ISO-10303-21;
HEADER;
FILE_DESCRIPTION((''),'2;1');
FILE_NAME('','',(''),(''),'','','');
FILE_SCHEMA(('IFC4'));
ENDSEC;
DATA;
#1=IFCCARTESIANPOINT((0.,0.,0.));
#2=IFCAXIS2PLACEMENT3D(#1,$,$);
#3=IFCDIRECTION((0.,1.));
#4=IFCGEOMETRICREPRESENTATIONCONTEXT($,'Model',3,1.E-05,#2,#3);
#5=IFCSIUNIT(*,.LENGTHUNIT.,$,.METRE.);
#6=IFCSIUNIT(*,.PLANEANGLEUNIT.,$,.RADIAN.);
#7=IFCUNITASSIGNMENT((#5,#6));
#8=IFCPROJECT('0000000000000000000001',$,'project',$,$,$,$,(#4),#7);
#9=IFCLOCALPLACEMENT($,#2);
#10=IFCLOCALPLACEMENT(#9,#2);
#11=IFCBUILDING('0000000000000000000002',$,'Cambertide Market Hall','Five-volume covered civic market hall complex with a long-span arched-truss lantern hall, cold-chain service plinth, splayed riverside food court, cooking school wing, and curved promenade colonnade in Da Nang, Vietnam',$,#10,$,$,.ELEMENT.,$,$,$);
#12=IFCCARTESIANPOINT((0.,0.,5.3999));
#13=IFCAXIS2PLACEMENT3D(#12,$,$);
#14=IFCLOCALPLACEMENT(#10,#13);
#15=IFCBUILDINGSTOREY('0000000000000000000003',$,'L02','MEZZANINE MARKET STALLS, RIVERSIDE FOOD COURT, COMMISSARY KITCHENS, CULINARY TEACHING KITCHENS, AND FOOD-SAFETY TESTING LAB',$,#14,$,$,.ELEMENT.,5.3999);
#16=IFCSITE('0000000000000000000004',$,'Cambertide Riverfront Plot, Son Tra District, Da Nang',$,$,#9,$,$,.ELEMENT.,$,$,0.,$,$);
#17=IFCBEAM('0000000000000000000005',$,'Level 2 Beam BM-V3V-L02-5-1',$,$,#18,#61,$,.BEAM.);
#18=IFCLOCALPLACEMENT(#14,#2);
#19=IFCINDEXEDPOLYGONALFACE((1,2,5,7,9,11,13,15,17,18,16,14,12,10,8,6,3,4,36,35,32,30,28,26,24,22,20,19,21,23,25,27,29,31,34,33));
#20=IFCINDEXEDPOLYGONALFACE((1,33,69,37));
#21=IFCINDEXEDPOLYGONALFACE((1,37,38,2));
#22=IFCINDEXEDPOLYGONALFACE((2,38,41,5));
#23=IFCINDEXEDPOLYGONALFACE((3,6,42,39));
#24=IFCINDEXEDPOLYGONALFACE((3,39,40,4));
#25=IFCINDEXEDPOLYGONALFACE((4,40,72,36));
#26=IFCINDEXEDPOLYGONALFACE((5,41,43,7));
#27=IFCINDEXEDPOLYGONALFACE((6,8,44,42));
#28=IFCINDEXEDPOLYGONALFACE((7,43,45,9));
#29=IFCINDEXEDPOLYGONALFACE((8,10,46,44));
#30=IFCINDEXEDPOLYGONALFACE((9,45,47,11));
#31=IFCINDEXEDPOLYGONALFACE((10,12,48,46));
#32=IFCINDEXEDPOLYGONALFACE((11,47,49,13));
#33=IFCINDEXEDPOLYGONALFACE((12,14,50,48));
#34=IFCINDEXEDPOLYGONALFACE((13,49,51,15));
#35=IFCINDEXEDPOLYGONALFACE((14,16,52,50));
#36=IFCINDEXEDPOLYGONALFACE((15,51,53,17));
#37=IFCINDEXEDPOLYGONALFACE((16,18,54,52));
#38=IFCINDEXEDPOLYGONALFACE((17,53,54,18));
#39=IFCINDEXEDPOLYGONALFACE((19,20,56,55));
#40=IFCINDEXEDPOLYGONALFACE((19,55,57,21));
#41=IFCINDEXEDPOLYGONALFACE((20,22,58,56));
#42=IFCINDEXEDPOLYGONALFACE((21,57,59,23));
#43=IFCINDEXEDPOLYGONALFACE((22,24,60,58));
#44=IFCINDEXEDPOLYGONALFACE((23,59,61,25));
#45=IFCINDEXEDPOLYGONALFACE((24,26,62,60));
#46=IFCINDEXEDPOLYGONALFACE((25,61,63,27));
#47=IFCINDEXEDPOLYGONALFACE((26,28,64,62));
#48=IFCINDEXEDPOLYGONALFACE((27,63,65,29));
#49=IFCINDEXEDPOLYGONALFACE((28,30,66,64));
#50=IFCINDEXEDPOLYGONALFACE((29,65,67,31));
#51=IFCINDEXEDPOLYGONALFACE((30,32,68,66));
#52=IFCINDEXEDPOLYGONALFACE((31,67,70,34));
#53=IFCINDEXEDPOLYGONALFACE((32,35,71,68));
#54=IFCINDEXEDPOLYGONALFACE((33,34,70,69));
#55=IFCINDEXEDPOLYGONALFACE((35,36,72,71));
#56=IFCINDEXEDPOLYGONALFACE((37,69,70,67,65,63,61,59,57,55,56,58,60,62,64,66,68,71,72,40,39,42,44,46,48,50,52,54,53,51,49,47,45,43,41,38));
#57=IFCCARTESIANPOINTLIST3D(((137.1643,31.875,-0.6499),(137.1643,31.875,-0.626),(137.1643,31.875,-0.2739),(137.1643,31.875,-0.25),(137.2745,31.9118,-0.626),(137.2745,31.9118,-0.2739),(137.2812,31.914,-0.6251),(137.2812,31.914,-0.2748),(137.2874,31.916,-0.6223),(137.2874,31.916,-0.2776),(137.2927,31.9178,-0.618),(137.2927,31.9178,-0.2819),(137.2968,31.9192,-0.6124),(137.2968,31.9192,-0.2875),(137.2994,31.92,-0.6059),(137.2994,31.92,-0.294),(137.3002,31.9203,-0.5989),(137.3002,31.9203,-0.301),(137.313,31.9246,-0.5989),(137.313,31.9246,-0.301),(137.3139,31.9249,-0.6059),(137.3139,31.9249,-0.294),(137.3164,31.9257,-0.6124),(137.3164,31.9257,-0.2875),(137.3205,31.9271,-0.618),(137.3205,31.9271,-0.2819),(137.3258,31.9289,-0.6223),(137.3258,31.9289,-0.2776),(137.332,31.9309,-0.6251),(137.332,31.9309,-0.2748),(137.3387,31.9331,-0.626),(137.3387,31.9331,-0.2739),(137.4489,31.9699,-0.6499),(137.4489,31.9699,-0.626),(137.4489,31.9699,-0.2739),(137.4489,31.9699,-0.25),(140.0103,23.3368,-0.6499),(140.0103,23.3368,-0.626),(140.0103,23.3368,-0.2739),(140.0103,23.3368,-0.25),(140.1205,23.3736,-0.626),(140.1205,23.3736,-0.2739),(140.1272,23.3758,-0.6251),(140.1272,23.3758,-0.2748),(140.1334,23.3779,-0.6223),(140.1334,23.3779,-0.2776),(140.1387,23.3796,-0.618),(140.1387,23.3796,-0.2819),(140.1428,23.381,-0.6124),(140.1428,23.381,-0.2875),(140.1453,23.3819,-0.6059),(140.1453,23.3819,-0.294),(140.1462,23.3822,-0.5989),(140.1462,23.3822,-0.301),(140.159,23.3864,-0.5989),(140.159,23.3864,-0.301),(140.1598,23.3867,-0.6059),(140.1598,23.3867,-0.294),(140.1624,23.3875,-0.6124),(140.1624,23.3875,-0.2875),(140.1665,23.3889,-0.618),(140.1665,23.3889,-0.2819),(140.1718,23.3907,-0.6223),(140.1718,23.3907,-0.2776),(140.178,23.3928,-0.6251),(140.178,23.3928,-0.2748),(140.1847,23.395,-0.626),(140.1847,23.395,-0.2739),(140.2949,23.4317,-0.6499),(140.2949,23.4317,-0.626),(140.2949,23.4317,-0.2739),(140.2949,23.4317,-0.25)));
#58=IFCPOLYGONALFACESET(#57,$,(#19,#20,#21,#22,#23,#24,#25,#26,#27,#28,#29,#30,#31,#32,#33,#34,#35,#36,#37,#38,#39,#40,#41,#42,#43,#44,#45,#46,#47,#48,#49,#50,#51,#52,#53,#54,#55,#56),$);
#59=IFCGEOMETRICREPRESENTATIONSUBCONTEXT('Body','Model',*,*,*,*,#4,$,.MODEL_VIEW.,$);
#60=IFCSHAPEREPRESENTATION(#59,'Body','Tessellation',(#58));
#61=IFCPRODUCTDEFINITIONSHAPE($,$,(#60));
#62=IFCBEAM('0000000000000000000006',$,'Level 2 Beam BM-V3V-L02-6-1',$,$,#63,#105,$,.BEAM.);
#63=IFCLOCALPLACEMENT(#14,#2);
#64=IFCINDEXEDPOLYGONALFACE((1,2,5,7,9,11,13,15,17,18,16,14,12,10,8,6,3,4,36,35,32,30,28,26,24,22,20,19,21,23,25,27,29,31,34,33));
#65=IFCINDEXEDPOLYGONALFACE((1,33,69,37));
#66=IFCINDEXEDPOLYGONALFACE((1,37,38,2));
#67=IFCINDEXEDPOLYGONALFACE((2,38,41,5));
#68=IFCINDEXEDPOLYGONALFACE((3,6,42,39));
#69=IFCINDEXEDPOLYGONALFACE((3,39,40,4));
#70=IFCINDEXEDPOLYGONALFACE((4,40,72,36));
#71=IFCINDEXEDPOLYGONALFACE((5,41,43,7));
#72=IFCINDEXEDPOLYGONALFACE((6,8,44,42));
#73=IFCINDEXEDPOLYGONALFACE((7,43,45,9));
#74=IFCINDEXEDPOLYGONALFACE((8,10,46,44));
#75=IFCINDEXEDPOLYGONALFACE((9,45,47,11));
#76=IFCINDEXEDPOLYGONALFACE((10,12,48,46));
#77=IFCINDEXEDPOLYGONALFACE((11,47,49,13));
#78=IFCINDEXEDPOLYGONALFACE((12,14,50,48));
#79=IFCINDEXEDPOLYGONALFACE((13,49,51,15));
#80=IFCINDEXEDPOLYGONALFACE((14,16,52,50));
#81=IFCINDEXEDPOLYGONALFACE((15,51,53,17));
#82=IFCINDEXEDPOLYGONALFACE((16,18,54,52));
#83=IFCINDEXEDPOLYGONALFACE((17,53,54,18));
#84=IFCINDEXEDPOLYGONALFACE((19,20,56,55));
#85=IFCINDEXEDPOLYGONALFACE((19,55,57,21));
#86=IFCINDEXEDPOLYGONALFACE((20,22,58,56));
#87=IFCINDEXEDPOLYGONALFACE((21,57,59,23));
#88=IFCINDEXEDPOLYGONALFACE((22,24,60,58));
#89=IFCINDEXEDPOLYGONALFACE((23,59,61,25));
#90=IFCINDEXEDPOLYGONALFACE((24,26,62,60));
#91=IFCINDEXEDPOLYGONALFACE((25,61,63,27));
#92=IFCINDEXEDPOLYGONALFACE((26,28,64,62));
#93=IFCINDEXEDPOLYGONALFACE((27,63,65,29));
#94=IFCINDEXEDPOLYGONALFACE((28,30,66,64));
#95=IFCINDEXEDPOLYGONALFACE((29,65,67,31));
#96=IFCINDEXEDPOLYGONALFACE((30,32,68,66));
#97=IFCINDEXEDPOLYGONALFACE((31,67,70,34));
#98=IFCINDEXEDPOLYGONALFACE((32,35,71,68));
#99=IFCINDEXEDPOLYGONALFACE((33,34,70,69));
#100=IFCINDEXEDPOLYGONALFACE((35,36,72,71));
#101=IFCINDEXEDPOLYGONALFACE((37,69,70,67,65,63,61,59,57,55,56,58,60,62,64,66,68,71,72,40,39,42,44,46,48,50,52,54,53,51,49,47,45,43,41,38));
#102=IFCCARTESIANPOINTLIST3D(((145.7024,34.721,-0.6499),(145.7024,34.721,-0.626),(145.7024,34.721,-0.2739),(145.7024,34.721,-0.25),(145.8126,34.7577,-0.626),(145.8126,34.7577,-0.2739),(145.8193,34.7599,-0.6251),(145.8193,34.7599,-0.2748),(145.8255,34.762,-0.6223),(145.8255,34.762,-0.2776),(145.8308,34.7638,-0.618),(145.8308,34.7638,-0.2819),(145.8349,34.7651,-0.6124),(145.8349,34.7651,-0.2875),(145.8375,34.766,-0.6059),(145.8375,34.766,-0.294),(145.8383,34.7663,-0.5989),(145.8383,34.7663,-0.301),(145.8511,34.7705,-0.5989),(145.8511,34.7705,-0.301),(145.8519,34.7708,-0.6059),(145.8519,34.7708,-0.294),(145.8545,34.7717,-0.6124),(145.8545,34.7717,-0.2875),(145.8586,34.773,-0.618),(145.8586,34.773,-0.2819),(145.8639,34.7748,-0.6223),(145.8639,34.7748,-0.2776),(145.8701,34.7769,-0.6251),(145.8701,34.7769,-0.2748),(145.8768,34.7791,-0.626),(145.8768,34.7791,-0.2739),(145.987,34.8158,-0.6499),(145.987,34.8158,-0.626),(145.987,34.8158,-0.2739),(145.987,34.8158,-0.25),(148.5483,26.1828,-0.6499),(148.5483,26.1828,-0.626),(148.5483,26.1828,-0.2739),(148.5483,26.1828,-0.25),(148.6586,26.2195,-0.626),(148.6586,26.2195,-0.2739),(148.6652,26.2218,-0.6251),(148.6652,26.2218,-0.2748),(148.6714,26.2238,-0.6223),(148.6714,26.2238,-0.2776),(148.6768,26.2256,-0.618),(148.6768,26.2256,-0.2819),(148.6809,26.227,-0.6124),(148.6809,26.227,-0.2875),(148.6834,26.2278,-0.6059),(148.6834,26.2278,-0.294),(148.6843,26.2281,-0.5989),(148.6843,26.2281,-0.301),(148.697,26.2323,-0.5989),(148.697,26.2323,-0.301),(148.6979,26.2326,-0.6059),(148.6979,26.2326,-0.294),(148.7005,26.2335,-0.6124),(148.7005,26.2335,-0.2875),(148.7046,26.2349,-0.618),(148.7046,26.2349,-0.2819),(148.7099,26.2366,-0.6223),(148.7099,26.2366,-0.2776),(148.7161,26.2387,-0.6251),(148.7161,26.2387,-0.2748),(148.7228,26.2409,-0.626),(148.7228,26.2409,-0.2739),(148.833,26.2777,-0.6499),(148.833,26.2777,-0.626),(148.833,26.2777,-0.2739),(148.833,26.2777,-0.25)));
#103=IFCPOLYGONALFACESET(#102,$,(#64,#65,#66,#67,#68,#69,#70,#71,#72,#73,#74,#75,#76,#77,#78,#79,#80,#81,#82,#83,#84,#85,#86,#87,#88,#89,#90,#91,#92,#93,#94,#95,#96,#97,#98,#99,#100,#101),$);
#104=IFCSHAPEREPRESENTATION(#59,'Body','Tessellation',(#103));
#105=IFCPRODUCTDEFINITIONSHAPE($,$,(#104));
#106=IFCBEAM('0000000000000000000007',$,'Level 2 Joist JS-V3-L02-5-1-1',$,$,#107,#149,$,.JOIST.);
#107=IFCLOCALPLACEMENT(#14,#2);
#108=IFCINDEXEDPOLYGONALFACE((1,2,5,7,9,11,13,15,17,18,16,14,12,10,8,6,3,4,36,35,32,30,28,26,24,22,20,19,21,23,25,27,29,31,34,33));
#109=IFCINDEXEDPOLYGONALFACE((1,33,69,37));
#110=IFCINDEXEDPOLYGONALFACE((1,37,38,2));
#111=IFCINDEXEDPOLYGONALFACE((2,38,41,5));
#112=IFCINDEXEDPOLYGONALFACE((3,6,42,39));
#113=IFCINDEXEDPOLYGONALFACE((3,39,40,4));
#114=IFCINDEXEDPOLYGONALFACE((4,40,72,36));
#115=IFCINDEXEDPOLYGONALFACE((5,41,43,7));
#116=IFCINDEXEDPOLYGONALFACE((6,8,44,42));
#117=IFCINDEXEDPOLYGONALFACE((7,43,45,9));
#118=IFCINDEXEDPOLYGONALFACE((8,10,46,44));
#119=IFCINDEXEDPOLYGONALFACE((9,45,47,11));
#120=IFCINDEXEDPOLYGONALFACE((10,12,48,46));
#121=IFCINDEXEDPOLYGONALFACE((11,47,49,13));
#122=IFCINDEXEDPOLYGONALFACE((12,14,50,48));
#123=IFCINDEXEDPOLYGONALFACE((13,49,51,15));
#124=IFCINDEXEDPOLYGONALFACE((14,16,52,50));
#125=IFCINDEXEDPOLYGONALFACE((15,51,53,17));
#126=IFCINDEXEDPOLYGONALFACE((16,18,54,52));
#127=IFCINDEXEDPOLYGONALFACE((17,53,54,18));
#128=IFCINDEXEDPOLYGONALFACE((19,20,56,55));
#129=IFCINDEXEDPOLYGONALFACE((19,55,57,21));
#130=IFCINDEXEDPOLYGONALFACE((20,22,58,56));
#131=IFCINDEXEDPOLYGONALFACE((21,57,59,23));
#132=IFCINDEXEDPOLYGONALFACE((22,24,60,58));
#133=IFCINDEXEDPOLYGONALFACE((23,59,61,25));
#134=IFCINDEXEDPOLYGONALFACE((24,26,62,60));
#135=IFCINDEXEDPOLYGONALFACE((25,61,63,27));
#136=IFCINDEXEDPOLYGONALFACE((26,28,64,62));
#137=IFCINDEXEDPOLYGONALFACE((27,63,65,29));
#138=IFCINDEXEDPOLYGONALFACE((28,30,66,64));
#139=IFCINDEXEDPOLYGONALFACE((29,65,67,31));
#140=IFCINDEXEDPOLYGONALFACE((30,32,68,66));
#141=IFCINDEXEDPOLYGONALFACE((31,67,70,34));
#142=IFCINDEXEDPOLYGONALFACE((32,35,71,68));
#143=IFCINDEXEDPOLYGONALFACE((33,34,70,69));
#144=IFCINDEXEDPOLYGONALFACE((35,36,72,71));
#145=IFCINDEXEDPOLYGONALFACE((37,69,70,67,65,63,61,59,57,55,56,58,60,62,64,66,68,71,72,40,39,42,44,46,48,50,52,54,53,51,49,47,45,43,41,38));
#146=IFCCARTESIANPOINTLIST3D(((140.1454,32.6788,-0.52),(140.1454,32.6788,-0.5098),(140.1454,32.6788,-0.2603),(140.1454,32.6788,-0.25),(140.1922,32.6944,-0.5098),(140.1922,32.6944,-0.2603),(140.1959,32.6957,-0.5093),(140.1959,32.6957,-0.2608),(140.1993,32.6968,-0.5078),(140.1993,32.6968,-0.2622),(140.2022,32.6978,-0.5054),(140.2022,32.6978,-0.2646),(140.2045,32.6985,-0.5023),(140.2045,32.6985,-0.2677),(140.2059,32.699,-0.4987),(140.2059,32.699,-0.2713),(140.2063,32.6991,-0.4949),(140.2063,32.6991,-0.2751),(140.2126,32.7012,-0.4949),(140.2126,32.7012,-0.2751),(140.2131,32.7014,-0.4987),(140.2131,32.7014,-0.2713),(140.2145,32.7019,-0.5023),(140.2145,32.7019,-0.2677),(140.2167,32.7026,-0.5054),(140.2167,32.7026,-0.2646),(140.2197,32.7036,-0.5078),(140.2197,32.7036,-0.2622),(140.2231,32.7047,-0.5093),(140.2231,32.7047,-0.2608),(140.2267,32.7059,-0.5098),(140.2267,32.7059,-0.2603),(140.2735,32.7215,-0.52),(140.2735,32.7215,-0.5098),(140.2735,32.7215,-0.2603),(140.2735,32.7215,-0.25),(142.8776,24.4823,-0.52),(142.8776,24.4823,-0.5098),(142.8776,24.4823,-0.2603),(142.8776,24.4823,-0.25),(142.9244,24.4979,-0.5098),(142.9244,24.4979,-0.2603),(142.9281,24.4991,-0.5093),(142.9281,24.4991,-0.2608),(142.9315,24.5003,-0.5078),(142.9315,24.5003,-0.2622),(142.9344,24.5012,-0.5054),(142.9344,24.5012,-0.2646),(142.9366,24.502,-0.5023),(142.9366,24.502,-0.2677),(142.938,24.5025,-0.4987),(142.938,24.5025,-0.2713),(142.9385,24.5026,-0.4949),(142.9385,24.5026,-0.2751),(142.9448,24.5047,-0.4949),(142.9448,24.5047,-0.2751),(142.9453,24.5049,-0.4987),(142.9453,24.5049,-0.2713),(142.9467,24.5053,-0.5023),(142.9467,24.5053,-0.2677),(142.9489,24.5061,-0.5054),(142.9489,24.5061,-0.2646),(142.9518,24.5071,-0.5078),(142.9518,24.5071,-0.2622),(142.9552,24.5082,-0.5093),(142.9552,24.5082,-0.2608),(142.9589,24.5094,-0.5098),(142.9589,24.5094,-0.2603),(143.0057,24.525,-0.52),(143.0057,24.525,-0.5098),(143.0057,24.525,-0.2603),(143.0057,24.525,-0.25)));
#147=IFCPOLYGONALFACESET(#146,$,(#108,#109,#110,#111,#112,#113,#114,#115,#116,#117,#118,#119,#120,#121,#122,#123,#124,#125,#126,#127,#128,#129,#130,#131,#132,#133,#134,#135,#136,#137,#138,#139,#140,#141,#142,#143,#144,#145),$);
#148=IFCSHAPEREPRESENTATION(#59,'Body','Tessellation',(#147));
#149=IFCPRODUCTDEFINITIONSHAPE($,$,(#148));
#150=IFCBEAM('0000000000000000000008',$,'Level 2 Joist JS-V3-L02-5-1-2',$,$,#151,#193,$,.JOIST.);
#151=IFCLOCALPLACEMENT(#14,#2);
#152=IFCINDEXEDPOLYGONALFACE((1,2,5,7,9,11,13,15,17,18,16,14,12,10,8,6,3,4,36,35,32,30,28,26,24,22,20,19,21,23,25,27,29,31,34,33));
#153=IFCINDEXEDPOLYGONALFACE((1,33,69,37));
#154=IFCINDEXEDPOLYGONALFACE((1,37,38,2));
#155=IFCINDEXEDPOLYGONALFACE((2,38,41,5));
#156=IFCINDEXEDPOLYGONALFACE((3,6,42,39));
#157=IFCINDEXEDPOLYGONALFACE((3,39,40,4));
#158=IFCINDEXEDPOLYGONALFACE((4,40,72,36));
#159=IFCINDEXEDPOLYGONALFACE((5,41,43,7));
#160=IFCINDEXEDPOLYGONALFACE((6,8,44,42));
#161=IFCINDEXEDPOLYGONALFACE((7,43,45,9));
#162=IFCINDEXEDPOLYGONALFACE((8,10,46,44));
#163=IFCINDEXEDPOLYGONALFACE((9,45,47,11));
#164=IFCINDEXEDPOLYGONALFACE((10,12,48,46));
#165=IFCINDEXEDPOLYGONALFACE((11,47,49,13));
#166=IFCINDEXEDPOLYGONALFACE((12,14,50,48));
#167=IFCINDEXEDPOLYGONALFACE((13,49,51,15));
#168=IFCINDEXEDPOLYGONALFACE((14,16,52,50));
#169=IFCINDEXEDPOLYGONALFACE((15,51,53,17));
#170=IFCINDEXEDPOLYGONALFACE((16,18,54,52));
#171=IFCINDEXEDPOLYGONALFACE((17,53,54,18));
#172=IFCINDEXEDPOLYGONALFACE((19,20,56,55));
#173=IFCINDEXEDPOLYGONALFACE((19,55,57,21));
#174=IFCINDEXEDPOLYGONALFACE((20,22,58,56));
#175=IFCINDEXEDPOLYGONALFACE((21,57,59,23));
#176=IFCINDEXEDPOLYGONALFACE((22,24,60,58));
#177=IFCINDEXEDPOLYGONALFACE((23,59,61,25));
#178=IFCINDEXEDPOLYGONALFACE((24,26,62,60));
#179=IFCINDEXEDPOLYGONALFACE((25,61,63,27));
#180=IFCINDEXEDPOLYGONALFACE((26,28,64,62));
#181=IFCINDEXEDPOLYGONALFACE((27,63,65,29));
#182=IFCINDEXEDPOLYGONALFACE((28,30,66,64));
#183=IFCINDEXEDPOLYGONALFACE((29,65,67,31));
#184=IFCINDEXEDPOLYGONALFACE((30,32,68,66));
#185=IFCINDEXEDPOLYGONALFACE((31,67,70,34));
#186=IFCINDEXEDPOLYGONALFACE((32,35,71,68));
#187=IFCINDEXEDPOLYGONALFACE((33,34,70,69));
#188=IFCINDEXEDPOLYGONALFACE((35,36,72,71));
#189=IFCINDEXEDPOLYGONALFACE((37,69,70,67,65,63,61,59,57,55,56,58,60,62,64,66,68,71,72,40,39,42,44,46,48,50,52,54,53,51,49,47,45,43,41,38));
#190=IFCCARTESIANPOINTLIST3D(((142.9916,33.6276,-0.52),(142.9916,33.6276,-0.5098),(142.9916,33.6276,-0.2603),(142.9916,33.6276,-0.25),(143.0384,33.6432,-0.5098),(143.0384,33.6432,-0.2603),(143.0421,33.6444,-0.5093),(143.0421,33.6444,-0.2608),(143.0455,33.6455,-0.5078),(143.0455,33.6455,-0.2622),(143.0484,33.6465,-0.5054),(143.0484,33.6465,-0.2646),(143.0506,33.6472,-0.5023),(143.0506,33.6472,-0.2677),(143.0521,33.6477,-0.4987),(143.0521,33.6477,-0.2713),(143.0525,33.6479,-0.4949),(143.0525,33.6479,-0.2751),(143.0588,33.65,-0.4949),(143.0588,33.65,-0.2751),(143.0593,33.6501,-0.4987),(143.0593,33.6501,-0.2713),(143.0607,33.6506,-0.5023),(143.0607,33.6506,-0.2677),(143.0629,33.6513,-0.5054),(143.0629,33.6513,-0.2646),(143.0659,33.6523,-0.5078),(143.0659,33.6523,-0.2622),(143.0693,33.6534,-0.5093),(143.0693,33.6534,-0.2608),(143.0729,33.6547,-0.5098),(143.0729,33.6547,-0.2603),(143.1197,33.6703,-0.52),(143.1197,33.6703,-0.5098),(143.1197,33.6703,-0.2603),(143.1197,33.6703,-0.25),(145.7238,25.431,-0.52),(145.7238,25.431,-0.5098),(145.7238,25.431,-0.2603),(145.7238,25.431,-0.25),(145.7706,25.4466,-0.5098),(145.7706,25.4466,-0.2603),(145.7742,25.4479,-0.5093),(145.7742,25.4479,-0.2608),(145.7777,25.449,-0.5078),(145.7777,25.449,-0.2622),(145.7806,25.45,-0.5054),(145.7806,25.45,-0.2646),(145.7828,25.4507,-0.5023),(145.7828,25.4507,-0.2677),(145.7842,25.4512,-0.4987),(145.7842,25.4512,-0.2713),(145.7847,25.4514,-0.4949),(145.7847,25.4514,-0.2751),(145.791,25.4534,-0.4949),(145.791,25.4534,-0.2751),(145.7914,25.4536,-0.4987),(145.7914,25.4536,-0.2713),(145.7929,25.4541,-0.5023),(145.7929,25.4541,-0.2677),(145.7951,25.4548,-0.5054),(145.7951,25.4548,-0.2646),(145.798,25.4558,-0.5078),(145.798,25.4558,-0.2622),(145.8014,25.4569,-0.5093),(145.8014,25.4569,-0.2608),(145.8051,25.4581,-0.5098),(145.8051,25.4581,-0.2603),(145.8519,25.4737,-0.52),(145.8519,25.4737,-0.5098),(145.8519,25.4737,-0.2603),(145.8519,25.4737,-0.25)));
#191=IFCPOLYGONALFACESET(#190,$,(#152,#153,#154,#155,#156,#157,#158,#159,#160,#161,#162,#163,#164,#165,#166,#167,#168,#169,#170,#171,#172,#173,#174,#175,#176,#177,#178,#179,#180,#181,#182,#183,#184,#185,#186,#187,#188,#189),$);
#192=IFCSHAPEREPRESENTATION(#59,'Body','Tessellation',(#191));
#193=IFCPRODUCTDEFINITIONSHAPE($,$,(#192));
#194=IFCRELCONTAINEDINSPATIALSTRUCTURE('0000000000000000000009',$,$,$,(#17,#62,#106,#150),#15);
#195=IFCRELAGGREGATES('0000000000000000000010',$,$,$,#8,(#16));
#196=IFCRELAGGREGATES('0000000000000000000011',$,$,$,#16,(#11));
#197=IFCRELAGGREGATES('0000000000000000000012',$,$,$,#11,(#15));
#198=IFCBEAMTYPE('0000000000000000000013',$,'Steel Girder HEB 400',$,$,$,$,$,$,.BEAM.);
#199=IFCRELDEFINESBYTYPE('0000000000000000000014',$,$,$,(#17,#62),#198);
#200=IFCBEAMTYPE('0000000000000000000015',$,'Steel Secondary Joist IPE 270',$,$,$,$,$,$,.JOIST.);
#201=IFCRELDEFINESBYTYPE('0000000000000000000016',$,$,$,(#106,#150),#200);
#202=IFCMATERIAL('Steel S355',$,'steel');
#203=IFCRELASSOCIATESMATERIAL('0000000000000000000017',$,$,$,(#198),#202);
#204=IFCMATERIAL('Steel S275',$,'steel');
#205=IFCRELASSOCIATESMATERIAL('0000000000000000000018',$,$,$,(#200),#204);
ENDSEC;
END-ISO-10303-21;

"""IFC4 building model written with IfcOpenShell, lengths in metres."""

from ifc_helpers import new_model, si_unit, direction, frame, origin, origin_2d, place, context, subcontext, project, spatial, i_section, extrude, material, material_profile, profile_set, type_object, element, save


model = new_model("IFC4")

# Units and contexts
model_context = context("Model", 3, precision=1e-05, world=origin(), true_north=direction((0.0, 1.0)))
body_context = subcontext(model_context, "Body", "Model", "MODEL_VIEW")
ifc_project = project(units=[si_unit("LENGTHUNIT", "METRE"), si_unit("PLANEANGLEUNIT", "RADIAN")], contexts=[model_context])

# Site, building, storey
site_placement = place(None, origin())
site = spatial("IfcSite", under=ifc_project, at=site_placement, Name="Cambertide Riverfront Plot, Son Tra District, Da Nang", CompositionType="ELEMENT", RefElevation=0.0)
building_placement = place(site_placement, origin())
building = spatial("IfcBuilding", under=site, at=building_placement, Name="Cambertide Market Hall", Description="Five-volume covered civic market hall complex with a long-span arched-truss lantern hall, cold-chain service plinth, splayed riverside food court, cooking school wing, and curved promenade colonnade in Da Nang, Vietnam", CompositionType="ELEMENT")
storey_placement = place(building_placement, frame((0.0, 0.0, 5.3999)))
storey = spatial("IfcBuildingStorey", under=building, at=storey_placement, Name="L02", Description="MEZZANINE MARKET STALLS, RIVERSIDE FOOD COURT, COMMISSARY KITCHENS, CULINARY TEACHING KITCHENS, AND FOOD-SAFETY TESTING LAB", CompositionType="ELEMENT", Elevation=5.3999)

# Beams
ifc_material_1 = material(Name="Steel S355", Category="steel")
ifc_material_profile_1 = material_profile(ifc_material_1, i_section(OverallWidth=0.3, OverallDepth=0.3999, WebThickness=0.0134, FlangeThickness=0.0239, FilletRadius=0.0271, at=origin_2d()), Name="HEB 400")
ifc_profile_set_1 = profile_set([ifc_material_profile_1], Name="Steel S355")
beam_type_1 = type_object("IfcBeamType", Name="Steel Girder HEB 400", PredefinedType="BEAM", material=ifc_profile_set_1)
for number, where, z_axis, x_axis, name in (
    (1, (140.1526, 23.3843, -0.45), (-0.31622, 0.948686, 0.0), (-0.948686, -0.31622, 0.0), "Level 2 Beam BM-V3V-L02-5-1"),
    (2, (148.6907, 26.2302, -0.45), (-0.31622, 0.948686, 0.0), (-0.948686, -0.31622, 0.0), "Level 2 Beam BM-V3V-L02-6-1"),
):
    element("IfcBeam", number, at=place(storey_placement, frame(where, z_axis=z_axis, x_axis=x_axis)), inside=storey, type_object=beam_type_1, Name=name, PredefinedType="BEAM", context=body_context, shape_type="SweptSolid", body=[
        extrude(i_section(OverallWidth=0.3, OverallDepth=0.3999, WebThickness=0.0134, FlangeThickness=0.0239, FilletRadius=0.0271, at=origin_2d()), origin(), (0.0, 0.0, 1.0), 9.0),
    ])
ifc_material_2 = material(Name="Steel S275", Category="steel")
ifc_material_profile_2 = material_profile(ifc_material_2, i_section(OverallWidth=0.135, OverallDepth=0.27, WebThickness=0.0066, FlangeThickness=0.0103, FilletRadius=0.0149, at=origin_2d()), Name="IPE 270")
ifc_profile_set_2 = profile_set([ifc_material_profile_2], Name="Steel S275")
beam_type_2 = type_object("IfcBeamType", Name="Steel Secondary Joist IPE 270", PredefinedType="JOIST", material=ifc_profile_set_2)
for number, where, z_axis, x_axis, name in (
    (3, (142.9417, 24.5037, -0.385), (-0.316228, 0.948683, 0.0), (-0.948683, -0.316228, 0.0), "Level 2 Joist JS-V3-L02-5-1-1"),
    (4, (145.7878, 25.4524, -0.385), (-0.316228, 0.948683, 0.0), (-0.948683, -0.316228, 0.0), "Level 2 Joist JS-V3-L02-5-1-2"),
):
    element("IfcBeam", number, at=place(storey_placement, frame(where, z_axis=z_axis, x_axis=x_axis)), inside=storey, type_object=beam_type_2, Name=name, PredefinedType="JOIST", context=body_context, shape_type="SweptSolid", body=[
        extrude(i_section(OverallWidth=0.135, OverallDepth=0.27, WebThickness=0.0066, FlangeThickness=0.0103, FilletRadius=0.0149, at=origin_2d()), origin(), (0.0, 0.0, 1.0), 8.6399),
    ])

save(model, "model.ifc")
